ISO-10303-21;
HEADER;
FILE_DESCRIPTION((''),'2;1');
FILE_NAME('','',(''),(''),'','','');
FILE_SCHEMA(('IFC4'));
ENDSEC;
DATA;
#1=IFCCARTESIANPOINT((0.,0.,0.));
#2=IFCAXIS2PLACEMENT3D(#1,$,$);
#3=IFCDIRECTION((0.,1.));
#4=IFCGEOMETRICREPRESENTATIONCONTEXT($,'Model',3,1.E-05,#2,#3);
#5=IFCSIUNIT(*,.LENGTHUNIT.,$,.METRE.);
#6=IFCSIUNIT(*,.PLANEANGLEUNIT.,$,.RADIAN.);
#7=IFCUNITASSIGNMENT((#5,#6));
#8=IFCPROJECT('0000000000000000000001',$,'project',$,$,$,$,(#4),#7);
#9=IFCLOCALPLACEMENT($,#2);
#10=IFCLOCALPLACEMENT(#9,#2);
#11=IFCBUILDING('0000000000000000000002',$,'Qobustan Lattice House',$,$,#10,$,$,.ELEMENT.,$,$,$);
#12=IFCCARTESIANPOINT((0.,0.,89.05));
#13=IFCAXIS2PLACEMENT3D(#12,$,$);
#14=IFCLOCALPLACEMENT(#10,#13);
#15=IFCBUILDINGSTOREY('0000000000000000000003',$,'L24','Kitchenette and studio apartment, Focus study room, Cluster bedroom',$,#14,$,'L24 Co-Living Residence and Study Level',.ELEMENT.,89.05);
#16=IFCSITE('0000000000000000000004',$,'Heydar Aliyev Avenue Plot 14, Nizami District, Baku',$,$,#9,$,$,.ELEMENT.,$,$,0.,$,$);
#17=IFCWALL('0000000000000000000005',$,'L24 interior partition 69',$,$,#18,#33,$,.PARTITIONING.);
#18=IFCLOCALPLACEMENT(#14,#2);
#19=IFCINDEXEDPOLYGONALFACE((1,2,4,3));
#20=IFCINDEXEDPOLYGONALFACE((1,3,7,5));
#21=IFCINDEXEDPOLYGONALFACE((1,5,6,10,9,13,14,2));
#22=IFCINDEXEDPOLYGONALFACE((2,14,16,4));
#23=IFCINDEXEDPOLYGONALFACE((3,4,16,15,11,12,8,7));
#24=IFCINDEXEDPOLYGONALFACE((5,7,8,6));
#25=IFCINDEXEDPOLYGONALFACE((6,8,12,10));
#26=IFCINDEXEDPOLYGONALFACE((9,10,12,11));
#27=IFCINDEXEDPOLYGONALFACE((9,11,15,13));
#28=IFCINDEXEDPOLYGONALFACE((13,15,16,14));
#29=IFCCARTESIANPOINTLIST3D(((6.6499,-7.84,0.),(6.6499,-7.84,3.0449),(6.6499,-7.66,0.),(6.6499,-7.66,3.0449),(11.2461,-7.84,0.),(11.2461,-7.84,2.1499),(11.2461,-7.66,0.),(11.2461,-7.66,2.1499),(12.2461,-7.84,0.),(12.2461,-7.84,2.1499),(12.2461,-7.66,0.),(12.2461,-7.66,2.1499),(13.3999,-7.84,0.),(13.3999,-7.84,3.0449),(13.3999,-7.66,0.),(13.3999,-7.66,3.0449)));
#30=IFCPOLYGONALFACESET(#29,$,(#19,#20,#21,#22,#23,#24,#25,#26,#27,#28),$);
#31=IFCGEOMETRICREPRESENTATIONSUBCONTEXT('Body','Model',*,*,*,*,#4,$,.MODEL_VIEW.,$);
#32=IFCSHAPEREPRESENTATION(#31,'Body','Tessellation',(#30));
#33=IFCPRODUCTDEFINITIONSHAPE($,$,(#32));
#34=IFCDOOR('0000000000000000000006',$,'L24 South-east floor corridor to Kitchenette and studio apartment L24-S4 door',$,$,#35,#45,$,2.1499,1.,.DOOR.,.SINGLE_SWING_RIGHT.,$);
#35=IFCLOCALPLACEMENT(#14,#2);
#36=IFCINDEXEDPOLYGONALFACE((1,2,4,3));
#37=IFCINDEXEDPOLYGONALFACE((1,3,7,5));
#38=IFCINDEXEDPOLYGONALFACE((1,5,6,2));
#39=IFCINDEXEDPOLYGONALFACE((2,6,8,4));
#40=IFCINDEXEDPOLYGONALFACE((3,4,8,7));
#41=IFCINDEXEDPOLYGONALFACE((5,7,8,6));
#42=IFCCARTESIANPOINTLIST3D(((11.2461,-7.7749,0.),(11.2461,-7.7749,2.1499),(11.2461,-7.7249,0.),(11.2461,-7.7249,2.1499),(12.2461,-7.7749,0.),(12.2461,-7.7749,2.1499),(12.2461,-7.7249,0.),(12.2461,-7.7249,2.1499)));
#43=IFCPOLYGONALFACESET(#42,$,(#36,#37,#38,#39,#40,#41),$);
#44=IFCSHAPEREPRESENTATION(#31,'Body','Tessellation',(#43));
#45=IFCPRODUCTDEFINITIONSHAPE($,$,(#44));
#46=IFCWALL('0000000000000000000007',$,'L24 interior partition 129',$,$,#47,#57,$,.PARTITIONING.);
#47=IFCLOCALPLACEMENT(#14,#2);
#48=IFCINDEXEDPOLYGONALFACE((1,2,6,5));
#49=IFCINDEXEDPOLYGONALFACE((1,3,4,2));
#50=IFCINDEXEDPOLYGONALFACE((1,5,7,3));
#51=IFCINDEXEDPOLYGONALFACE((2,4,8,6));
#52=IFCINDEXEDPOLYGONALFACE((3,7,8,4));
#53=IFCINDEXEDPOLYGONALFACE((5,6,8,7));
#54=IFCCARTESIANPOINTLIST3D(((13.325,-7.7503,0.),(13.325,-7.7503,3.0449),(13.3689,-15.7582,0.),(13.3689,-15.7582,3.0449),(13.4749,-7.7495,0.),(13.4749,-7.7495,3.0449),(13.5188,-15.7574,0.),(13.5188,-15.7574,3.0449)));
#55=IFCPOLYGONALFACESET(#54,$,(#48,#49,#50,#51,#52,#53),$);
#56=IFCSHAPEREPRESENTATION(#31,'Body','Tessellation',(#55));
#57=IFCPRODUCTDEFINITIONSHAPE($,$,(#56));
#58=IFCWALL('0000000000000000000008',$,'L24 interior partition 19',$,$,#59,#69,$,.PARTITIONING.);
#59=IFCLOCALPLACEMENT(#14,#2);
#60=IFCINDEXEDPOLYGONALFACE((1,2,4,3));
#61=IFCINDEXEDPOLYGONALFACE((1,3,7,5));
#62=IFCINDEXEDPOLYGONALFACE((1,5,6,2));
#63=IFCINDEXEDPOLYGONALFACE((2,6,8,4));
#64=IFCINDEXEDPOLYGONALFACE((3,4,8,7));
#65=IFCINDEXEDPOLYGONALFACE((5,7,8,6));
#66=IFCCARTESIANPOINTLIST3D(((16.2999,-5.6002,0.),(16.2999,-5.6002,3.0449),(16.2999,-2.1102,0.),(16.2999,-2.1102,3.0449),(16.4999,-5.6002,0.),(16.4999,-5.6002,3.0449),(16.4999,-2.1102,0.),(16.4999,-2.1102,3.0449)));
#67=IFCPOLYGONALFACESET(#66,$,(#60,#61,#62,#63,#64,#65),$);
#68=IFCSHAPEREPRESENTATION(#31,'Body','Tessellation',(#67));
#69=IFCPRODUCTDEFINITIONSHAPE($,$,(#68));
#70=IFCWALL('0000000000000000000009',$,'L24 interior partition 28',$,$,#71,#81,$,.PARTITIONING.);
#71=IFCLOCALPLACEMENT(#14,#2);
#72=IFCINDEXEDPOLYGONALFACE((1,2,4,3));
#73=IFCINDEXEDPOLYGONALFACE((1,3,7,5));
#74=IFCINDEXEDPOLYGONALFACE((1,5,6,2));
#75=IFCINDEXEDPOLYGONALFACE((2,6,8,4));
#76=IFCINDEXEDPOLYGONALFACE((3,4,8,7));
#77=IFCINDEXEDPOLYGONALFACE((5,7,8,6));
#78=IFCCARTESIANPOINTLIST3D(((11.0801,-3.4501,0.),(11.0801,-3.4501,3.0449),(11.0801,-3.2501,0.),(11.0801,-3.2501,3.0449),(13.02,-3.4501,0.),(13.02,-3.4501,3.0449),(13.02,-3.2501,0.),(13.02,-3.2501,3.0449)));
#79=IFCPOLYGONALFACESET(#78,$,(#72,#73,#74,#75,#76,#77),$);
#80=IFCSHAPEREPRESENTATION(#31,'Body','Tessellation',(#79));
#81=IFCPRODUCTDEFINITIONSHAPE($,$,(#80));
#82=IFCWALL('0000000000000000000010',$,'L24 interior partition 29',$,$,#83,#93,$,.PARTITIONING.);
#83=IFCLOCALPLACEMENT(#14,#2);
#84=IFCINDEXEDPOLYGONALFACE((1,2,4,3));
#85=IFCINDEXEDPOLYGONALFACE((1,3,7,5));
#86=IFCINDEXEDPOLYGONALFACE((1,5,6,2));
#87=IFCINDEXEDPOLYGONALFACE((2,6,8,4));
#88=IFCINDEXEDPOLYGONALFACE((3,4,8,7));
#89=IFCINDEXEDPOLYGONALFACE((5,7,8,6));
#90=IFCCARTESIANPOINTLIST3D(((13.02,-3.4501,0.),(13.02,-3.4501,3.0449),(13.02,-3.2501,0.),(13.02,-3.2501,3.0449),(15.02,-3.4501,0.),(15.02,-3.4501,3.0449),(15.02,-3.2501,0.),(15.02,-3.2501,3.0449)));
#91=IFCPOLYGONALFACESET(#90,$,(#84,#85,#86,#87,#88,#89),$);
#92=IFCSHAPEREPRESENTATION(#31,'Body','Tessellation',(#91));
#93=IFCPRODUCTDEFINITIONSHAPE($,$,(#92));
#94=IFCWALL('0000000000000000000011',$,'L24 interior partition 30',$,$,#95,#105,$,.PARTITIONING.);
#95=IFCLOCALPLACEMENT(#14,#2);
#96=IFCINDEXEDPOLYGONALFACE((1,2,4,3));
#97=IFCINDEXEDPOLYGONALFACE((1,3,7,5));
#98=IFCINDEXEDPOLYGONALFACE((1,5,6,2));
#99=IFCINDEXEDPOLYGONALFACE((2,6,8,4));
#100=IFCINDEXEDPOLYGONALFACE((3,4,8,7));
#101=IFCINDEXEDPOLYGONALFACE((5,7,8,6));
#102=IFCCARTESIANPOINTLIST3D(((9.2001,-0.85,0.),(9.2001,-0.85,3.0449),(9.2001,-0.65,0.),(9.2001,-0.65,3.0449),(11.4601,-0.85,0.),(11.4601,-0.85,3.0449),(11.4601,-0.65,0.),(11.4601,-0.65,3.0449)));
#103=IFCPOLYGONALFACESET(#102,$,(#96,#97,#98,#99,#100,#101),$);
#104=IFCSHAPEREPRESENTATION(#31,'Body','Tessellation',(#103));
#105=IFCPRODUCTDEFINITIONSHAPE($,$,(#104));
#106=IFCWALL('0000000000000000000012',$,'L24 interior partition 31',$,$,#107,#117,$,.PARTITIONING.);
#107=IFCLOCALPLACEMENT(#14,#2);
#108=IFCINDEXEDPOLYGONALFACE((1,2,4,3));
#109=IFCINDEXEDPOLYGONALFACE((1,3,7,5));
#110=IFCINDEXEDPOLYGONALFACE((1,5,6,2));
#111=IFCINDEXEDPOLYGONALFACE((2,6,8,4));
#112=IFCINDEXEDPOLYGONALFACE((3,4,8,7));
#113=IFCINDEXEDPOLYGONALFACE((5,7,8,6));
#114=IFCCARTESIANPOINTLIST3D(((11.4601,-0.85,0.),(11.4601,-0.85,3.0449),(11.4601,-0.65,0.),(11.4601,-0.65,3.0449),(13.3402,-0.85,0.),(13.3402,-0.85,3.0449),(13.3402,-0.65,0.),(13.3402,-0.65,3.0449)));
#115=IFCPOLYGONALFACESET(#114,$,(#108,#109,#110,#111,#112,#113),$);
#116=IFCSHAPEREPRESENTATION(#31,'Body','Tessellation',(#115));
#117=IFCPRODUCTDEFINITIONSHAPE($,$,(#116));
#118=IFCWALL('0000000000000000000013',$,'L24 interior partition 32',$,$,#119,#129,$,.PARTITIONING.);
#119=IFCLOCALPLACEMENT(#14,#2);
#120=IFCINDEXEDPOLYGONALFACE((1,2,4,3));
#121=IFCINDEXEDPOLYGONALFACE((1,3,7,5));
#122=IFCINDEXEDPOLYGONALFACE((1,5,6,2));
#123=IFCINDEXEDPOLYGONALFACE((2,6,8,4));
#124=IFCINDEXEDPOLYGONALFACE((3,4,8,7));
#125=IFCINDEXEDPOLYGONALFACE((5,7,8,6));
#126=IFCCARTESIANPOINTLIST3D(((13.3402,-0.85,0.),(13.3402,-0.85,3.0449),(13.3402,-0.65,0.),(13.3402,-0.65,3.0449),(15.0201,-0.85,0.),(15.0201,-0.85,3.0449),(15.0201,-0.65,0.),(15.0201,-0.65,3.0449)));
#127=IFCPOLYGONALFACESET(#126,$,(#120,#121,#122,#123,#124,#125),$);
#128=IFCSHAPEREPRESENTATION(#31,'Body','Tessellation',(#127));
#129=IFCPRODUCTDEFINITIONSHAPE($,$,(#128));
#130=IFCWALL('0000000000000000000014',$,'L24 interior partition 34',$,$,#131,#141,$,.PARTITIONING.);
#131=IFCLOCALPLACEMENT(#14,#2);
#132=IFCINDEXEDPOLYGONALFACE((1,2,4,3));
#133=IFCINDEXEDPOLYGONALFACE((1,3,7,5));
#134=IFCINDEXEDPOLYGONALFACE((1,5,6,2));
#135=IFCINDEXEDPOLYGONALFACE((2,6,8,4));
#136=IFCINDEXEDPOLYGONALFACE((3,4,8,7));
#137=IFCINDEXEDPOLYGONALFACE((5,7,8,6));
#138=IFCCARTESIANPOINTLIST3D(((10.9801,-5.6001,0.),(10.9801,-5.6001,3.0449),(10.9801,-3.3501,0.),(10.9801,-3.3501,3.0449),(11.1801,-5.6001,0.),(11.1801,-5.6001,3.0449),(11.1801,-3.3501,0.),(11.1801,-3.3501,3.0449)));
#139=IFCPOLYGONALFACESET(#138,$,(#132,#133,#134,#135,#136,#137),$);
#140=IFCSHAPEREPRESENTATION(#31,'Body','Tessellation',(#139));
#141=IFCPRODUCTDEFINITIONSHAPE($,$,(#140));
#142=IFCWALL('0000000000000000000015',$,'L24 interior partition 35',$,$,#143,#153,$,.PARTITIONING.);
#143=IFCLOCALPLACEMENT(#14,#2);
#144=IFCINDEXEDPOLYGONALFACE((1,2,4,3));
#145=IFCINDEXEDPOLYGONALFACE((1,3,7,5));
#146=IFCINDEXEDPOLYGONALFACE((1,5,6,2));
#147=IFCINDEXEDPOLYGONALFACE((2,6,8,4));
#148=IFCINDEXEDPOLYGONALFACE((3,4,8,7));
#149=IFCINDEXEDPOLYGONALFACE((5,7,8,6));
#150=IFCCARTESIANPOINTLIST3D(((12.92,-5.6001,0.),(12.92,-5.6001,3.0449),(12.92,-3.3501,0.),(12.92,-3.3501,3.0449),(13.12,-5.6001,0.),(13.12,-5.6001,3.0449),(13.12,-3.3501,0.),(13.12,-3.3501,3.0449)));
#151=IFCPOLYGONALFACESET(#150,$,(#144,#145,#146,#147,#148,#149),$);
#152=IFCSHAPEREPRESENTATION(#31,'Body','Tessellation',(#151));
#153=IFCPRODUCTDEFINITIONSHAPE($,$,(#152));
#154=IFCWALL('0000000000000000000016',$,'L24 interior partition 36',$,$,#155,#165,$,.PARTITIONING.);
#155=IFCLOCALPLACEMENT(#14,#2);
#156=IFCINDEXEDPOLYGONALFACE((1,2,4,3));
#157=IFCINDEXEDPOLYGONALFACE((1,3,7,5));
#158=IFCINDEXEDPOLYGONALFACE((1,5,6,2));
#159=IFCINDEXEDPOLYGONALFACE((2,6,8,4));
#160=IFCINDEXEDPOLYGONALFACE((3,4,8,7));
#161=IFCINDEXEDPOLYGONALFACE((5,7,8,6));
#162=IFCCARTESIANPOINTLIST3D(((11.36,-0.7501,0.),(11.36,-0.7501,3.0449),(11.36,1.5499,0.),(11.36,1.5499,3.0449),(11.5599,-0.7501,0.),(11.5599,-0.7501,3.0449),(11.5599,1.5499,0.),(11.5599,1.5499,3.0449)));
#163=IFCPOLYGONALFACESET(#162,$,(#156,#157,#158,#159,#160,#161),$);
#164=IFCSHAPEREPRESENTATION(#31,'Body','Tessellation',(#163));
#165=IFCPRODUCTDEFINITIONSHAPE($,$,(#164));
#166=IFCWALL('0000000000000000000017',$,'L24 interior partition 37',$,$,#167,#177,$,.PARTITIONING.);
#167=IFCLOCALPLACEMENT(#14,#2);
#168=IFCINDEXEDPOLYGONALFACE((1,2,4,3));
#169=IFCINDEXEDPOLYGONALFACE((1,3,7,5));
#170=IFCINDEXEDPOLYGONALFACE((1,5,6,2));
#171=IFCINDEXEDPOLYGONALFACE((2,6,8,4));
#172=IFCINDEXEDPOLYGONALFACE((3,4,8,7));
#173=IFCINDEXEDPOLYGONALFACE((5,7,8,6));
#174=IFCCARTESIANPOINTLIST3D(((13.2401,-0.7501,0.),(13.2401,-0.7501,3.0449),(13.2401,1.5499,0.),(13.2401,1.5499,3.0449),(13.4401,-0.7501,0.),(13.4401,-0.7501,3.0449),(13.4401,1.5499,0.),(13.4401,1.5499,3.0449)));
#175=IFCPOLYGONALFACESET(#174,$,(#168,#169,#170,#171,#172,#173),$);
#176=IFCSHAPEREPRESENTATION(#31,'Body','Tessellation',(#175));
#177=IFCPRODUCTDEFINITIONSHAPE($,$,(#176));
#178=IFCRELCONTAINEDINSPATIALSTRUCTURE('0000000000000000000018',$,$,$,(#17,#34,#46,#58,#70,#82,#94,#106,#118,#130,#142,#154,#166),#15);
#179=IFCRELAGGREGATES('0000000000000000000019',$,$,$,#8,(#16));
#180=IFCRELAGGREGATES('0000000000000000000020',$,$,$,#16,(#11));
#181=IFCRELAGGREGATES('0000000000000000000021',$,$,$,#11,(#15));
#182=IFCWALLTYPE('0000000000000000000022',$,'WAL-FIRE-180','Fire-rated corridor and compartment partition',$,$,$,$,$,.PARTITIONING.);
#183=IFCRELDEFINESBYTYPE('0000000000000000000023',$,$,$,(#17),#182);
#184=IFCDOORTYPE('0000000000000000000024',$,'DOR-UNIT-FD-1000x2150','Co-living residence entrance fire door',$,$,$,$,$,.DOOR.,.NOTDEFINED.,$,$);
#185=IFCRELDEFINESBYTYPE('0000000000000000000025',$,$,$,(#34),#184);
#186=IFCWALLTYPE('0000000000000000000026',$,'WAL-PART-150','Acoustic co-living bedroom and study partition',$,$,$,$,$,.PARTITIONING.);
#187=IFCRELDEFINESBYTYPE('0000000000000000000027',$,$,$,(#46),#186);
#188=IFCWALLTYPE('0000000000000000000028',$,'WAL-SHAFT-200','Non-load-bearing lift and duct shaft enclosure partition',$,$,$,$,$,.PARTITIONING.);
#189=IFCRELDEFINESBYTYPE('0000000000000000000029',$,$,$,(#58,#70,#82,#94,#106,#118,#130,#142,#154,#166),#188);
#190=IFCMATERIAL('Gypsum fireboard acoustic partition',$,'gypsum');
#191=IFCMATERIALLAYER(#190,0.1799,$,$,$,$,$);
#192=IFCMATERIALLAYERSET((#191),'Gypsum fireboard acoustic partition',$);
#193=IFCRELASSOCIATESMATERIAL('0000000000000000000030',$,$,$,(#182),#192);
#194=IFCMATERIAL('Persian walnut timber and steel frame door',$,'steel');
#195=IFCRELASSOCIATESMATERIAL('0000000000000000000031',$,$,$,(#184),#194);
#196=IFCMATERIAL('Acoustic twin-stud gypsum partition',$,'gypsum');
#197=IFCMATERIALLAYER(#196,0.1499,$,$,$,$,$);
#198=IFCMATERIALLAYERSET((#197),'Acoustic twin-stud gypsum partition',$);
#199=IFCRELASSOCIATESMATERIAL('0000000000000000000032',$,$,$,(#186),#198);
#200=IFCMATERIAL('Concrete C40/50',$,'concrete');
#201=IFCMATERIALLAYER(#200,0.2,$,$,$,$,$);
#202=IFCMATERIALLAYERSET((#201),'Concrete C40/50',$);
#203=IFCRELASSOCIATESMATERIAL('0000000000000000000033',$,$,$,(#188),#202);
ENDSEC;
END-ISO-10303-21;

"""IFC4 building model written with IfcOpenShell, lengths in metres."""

from ifc_helpers import new_model, si_unit, direction, frame, frame_2d, origin, place, context, subcontext, project, spatial, rectangle, extrude, material, layer, layer_set, type_object, element, fill, save


model = new_model("IFC4")

# Units and contexts
model_context = context("Model", 3, precision=1e-05, world=origin(), true_north=direction((0.0, 1.0)))
body_context = subcontext(model_context, "Body", "Model", "MODEL_VIEW")
ifc_project = project(units=[si_unit("LENGTHUNIT", "METRE"), si_unit("PLANEANGLEUNIT", "RADIAN")], contexts=[model_context])

# Site, building, storey
site_placement = place(None, origin())
site = spatial("IfcSite", under=ifc_project, at=site_placement, Name="Heydar Aliyev Avenue Plot 14, Nizami District, Baku", CompositionType="ELEMENT", RefElevation=0.0)
building_placement = place(site_placement, origin())
building = spatial("IfcBuilding", under=site, at=building_placement, Name="Qobustan Lattice House", CompositionType="ELEMENT")
storey_placement = place(building_placement, frame((0.0, 0.0, 89.05)))
storey = spatial("IfcBuildingStorey", under=building, at=storey_placement, Name="L24", Description="Kitchenette and studio apartment, Focus study room, Cluster bedroom", LongName="L24 Co-Living Residence and Study Level", CompositionType="ELEMENT", Elevation=89.05)

# Wall, opening, door
ifc_material_1 = material(Name="Gypsum fireboard acoustic partition", Category="gypsum")
ifc_layer_1 = layer(ifc_material_1, 0.1799)
ifc_layer_set_1 = layer_set([ifc_layer_1], Name="Gypsum fireboard acoustic partition")
wall_type_1 = type_object("IfcWallType", Name="WAL-FIRE-180", Description="Fire-rated corridor and compartment partition", PredefinedType="PARTITIONING", material=ifc_layer_set_1)
wall_1_placement = place(storey_placement, frame((13.3999, -7.75, 0.0), z_axis=(0.0, 0.0, 1.0), x_axis=(-1.0, 0.0, 0.0)))
wall_1 = element("IfcWall", 1, at=wall_1_placement, inside=storey, type_object=wall_type_1, Name="L24 interior partition 69", PredefinedType="PARTITIONING", context=body_context, shape_type="SweptSolid", body=[
    extrude(rectangle(XDim=6.75, YDim=0.1799, at=frame_2d((3.375, 0.0))), origin(), (0.0, 0.0, 1.0), 3.0449),
])
opening_1_placement = place(wall_1_placement, frame((1.1538, 0.0, 0.0)))
opening_1 = element("IfcOpeningElement", 2, at=opening_1_placement, cuts=wall_1, PredefinedType="OPENING", context=body_context, shape_type="SweptSolid", body=[
    extrude(rectangle(XDim=1.0, YDim=2.1499, at=frame_2d((0.5, 1.075))), frame((0.0, 0.0999, 0.0), z_axis=(0.0, -1.0, 0.0), x_axis=(1.0, 0.0, 0.0)), (0.0, 0.0, 1.0), 0.2),
])
ifc_material_2 = material(Name="Persian walnut timber and steel frame door", Category="steel")
door_type_1 = type_object("IfcDoorType", Name="DOR-UNIT-FD-1000x2150", Description="Co-living residence entrance fire door", OperationType="NOTDEFINED", PredefinedType="DOOR", material=ifc_material_2)
door_1_placement = place(opening_1_placement, origin())
door_1 = element("IfcDoor", 3, at=door_1_placement, inside=storey, type_object=door_type_1, Name="L24 South-east floor corridor to Kitchenette and studio apartment L24-S4 door", OperationType="SINGLE_SWING_RIGHT", OverallHeight=2.1499, OverallWidth=1.0, PredefinedType="DOOR", context=body_context, shape_type="SweptSolid", body=[
    extrude(rectangle(XDim=1.0, YDim=2.1499, at=frame_2d((0.5, 1.075))), frame((0.0, 0.0249, 0.0), z_axis=(0.0, -1.0, 0.0), x_axis=(1.0, 0.0, 0.0)), (0.0, 0.0, 1.0), 0.05),
])
fill(opening_1, door_1)

# Walls
ifc_material_3 = material(Name="Acoustic twin-stud gypsum partition", Category="gypsum")
ifc_layer_2 = layer(ifc_material_3, 0.1499)
ifc_layer_set_2 = layer_set([ifc_layer_2], Name="Acoustic twin-stud gypsum partition")
wall_type_2 = type_object("IfcWallType", Name="WAL-PART-150", Description="Acoustic co-living bedroom and study partition", PredefinedType="PARTITIONING", material=ifc_layer_set_2)
wall_2_placement = place(storey_placement, frame((13.3999, -7.75, 0.0), z_axis=(0.0, 0.0, 1.0), x_axis=(0.005488, -0.999985, 0.0)))
element("IfcWall", 4, at=wall_2_placement, inside=storey, type_object=wall_type_2, Name="L24 interior partition 129", PredefinedType="PARTITIONING", context=body_context, shape_type="SweptSolid", body=[
    extrude(rectangle(XDim=8.0081, YDim=0.1499, at=frame_2d((4.0039, 0.0))), origin(), (0.0, 0.0, 1.0), 3.0449),
])
ifc_material_4 = material(Name="Concrete C40/50", Category="concrete")
ifc_layer_3 = layer(ifc_material_4, 0.2)
ifc_layer_set_3 = layer_set([ifc_layer_3], Name="Concrete C40/50")
wall_type_3 = type_object("IfcWallType", Name="WAL-SHAFT-200", Description="Non-load-bearing lift and duct shaft enclosure partition", PredefinedType="PARTITIONING", material=ifc_layer_set_3)
wall_3_placement = place(storey_placement, frame((16.3999, -2.1101, 0.0), z_axis=(0.0, 0.0, 1.0), x_axis=(0.0, -1.0, 0.0)))
element("IfcWall", 5, at=wall_3_placement, inside=storey, type_object=wall_type_3, Name="L24 interior partition 19", PredefinedType="PARTITIONING", context=body_context, shape_type="SweptSolid", body=[
    extrude(rectangle(XDim=3.49, YDim=0.2, at=frame_2d((1.7451, 0.0))), origin(), (0.0, 0.0, 1.0), 3.0449),
])
wall_4_placement = place(storey_placement, frame((11.0801, -3.3501, 0.0), z_axis=(0.0, 0.0, 1.0), x_axis=(1.0, 0.0, 0.0)))
element("IfcWall", 6, at=wall_4_placement, inside=storey, type_object=wall_type_3, Name="L24 interior partition 28", PredefinedType="PARTITIONING", context=body_context, shape_type="SweptSolid", body=[
    extrude(rectangle(XDim=1.9399, YDim=0.2, at=frame_2d((0.97, 0.0))), origin(), (0.0, 0.0, 1.0), 3.0449),
])
wall_5_placement = place(storey_placement, frame((13.02, -3.3501, 0.0), z_axis=(0.0, 0.0, 1.0), x_axis=(1.0, 0.0, 0.0)))
element("IfcWall", 7, at=wall_5_placement, inside=storey, type_object=wall_type_3, Name="L24 interior partition 29", PredefinedType="PARTITIONING", context=body_context, shape_type="SweptSolid", body=[
    extrude(rectangle(XDim=2.0, YDim=0.2, at=frame_2d((1.0, 0.0))), origin(), (0.0, 0.0, 1.0), 3.0449),
])
wall_6_placement = place(storey_placement, frame((11.46, -0.75, 0.0), z_axis=(0.0, 0.0, 1.0), x_axis=(-1.0, 0.0, 0.0)))
element("IfcWall", 8, at=wall_6_placement, inside=storey, type_object=wall_type_3, Name="L24 interior partition 30", PredefinedType="PARTITIONING", context=body_context, shape_type="SweptSolid", body=[
    extrude(rectangle(XDim=2.26, YDim=0.2, at=frame_2d((1.1299, 0.0))), origin(), (0.0, 0.0, 1.0), 3.0449),
])
wall_7_placement = place(storey_placement, frame((13.3401, -0.75, 0.0), z_axis=(0.0, 0.0, 1.0), x_axis=(-1.0, 0.0, 0.0)))
element("IfcWall", 9, at=wall_7_placement, inside=storey, type_object=wall_type_3, Name="L24 interior partition 31", PredefinedType="PARTITIONING", context=body_context, shape_type="SweptSolid", body=[
    extrude(rectangle(XDim=1.8801, YDim=0.2, at=frame_2d((0.9399, 0.0))), origin(), (0.0, 0.0, 1.0), 3.0449),
])
wall_8_placement = place(storey_placement, frame((15.02, -0.75, 0.0), z_axis=(0.0, 0.0, 1.0), x_axis=(-1.0, 0.0, 0.0)))
element("IfcWall", 10, at=wall_8_placement, inside=storey, type_object=wall_type_3, Name="L24 interior partition 32", PredefinedType="PARTITIONING", context=body_context, shape_type="SweptSolid", body=[
    extrude(rectangle(XDim=1.6799, YDim=0.2, at=frame_2d((0.8398, 0.0))), origin(), (0.0, 0.0, 1.0), 3.0449),
])
for number, where, z_axis, x_axis, name in (
    (11, (11.0801, -5.6001, 0.0), (0.0, 0.0, 1.0), (0.0, 1.0, 0.0), "L24 interior partition 34"),
    (12, (13.02, -5.6001, 0.0), (0.0, 0.0, 1.0), (0.0, 1.0, 0.0), "L24 interior partition 35"),
):
    element("IfcWall", number, at=place(storey_placement, frame(where, z_axis=z_axis, x_axis=x_axis)), inside=storey, type_object=wall_type_3, Name=name, PredefinedType="PARTITIONING", context=body_context, shape_type="SweptSolid", body=[
        extrude(rectangle(XDim=2.25, YDim=0.2, at=frame_2d((1.125, 0.0))), origin(), (0.0, 0.0, 1.0), 3.0449),
    ])
for number, where, z_axis, x_axis, name in (
    (13, (11.46, -0.75, 0.0), (0.0, 0.0, 1.0), (0.0, 1.0, 0.0), "L24 interior partition 36"),
    (14, (13.3401, -0.75, 0.0), (0.0, 0.0, 1.0), (0.0, 1.0, 0.0), "L24 interior partition 37"),
):
    element("IfcWall", number, at=place(storey_placement, frame(where, z_axis=z_axis, x_axis=x_axis)), inside=storey, type_object=wall_type_3, Name=name, PredefinedType="PARTITIONING", context=body_context, shape_type="SweptSolid", body=[
        extrude(rectangle(XDim=2.3, YDim=0.2, at=frame_2d((1.1499, 0.0))), origin(), (0.0, 0.0, 1.0), 3.0449),
    ])

save(model, "model.ifc")
